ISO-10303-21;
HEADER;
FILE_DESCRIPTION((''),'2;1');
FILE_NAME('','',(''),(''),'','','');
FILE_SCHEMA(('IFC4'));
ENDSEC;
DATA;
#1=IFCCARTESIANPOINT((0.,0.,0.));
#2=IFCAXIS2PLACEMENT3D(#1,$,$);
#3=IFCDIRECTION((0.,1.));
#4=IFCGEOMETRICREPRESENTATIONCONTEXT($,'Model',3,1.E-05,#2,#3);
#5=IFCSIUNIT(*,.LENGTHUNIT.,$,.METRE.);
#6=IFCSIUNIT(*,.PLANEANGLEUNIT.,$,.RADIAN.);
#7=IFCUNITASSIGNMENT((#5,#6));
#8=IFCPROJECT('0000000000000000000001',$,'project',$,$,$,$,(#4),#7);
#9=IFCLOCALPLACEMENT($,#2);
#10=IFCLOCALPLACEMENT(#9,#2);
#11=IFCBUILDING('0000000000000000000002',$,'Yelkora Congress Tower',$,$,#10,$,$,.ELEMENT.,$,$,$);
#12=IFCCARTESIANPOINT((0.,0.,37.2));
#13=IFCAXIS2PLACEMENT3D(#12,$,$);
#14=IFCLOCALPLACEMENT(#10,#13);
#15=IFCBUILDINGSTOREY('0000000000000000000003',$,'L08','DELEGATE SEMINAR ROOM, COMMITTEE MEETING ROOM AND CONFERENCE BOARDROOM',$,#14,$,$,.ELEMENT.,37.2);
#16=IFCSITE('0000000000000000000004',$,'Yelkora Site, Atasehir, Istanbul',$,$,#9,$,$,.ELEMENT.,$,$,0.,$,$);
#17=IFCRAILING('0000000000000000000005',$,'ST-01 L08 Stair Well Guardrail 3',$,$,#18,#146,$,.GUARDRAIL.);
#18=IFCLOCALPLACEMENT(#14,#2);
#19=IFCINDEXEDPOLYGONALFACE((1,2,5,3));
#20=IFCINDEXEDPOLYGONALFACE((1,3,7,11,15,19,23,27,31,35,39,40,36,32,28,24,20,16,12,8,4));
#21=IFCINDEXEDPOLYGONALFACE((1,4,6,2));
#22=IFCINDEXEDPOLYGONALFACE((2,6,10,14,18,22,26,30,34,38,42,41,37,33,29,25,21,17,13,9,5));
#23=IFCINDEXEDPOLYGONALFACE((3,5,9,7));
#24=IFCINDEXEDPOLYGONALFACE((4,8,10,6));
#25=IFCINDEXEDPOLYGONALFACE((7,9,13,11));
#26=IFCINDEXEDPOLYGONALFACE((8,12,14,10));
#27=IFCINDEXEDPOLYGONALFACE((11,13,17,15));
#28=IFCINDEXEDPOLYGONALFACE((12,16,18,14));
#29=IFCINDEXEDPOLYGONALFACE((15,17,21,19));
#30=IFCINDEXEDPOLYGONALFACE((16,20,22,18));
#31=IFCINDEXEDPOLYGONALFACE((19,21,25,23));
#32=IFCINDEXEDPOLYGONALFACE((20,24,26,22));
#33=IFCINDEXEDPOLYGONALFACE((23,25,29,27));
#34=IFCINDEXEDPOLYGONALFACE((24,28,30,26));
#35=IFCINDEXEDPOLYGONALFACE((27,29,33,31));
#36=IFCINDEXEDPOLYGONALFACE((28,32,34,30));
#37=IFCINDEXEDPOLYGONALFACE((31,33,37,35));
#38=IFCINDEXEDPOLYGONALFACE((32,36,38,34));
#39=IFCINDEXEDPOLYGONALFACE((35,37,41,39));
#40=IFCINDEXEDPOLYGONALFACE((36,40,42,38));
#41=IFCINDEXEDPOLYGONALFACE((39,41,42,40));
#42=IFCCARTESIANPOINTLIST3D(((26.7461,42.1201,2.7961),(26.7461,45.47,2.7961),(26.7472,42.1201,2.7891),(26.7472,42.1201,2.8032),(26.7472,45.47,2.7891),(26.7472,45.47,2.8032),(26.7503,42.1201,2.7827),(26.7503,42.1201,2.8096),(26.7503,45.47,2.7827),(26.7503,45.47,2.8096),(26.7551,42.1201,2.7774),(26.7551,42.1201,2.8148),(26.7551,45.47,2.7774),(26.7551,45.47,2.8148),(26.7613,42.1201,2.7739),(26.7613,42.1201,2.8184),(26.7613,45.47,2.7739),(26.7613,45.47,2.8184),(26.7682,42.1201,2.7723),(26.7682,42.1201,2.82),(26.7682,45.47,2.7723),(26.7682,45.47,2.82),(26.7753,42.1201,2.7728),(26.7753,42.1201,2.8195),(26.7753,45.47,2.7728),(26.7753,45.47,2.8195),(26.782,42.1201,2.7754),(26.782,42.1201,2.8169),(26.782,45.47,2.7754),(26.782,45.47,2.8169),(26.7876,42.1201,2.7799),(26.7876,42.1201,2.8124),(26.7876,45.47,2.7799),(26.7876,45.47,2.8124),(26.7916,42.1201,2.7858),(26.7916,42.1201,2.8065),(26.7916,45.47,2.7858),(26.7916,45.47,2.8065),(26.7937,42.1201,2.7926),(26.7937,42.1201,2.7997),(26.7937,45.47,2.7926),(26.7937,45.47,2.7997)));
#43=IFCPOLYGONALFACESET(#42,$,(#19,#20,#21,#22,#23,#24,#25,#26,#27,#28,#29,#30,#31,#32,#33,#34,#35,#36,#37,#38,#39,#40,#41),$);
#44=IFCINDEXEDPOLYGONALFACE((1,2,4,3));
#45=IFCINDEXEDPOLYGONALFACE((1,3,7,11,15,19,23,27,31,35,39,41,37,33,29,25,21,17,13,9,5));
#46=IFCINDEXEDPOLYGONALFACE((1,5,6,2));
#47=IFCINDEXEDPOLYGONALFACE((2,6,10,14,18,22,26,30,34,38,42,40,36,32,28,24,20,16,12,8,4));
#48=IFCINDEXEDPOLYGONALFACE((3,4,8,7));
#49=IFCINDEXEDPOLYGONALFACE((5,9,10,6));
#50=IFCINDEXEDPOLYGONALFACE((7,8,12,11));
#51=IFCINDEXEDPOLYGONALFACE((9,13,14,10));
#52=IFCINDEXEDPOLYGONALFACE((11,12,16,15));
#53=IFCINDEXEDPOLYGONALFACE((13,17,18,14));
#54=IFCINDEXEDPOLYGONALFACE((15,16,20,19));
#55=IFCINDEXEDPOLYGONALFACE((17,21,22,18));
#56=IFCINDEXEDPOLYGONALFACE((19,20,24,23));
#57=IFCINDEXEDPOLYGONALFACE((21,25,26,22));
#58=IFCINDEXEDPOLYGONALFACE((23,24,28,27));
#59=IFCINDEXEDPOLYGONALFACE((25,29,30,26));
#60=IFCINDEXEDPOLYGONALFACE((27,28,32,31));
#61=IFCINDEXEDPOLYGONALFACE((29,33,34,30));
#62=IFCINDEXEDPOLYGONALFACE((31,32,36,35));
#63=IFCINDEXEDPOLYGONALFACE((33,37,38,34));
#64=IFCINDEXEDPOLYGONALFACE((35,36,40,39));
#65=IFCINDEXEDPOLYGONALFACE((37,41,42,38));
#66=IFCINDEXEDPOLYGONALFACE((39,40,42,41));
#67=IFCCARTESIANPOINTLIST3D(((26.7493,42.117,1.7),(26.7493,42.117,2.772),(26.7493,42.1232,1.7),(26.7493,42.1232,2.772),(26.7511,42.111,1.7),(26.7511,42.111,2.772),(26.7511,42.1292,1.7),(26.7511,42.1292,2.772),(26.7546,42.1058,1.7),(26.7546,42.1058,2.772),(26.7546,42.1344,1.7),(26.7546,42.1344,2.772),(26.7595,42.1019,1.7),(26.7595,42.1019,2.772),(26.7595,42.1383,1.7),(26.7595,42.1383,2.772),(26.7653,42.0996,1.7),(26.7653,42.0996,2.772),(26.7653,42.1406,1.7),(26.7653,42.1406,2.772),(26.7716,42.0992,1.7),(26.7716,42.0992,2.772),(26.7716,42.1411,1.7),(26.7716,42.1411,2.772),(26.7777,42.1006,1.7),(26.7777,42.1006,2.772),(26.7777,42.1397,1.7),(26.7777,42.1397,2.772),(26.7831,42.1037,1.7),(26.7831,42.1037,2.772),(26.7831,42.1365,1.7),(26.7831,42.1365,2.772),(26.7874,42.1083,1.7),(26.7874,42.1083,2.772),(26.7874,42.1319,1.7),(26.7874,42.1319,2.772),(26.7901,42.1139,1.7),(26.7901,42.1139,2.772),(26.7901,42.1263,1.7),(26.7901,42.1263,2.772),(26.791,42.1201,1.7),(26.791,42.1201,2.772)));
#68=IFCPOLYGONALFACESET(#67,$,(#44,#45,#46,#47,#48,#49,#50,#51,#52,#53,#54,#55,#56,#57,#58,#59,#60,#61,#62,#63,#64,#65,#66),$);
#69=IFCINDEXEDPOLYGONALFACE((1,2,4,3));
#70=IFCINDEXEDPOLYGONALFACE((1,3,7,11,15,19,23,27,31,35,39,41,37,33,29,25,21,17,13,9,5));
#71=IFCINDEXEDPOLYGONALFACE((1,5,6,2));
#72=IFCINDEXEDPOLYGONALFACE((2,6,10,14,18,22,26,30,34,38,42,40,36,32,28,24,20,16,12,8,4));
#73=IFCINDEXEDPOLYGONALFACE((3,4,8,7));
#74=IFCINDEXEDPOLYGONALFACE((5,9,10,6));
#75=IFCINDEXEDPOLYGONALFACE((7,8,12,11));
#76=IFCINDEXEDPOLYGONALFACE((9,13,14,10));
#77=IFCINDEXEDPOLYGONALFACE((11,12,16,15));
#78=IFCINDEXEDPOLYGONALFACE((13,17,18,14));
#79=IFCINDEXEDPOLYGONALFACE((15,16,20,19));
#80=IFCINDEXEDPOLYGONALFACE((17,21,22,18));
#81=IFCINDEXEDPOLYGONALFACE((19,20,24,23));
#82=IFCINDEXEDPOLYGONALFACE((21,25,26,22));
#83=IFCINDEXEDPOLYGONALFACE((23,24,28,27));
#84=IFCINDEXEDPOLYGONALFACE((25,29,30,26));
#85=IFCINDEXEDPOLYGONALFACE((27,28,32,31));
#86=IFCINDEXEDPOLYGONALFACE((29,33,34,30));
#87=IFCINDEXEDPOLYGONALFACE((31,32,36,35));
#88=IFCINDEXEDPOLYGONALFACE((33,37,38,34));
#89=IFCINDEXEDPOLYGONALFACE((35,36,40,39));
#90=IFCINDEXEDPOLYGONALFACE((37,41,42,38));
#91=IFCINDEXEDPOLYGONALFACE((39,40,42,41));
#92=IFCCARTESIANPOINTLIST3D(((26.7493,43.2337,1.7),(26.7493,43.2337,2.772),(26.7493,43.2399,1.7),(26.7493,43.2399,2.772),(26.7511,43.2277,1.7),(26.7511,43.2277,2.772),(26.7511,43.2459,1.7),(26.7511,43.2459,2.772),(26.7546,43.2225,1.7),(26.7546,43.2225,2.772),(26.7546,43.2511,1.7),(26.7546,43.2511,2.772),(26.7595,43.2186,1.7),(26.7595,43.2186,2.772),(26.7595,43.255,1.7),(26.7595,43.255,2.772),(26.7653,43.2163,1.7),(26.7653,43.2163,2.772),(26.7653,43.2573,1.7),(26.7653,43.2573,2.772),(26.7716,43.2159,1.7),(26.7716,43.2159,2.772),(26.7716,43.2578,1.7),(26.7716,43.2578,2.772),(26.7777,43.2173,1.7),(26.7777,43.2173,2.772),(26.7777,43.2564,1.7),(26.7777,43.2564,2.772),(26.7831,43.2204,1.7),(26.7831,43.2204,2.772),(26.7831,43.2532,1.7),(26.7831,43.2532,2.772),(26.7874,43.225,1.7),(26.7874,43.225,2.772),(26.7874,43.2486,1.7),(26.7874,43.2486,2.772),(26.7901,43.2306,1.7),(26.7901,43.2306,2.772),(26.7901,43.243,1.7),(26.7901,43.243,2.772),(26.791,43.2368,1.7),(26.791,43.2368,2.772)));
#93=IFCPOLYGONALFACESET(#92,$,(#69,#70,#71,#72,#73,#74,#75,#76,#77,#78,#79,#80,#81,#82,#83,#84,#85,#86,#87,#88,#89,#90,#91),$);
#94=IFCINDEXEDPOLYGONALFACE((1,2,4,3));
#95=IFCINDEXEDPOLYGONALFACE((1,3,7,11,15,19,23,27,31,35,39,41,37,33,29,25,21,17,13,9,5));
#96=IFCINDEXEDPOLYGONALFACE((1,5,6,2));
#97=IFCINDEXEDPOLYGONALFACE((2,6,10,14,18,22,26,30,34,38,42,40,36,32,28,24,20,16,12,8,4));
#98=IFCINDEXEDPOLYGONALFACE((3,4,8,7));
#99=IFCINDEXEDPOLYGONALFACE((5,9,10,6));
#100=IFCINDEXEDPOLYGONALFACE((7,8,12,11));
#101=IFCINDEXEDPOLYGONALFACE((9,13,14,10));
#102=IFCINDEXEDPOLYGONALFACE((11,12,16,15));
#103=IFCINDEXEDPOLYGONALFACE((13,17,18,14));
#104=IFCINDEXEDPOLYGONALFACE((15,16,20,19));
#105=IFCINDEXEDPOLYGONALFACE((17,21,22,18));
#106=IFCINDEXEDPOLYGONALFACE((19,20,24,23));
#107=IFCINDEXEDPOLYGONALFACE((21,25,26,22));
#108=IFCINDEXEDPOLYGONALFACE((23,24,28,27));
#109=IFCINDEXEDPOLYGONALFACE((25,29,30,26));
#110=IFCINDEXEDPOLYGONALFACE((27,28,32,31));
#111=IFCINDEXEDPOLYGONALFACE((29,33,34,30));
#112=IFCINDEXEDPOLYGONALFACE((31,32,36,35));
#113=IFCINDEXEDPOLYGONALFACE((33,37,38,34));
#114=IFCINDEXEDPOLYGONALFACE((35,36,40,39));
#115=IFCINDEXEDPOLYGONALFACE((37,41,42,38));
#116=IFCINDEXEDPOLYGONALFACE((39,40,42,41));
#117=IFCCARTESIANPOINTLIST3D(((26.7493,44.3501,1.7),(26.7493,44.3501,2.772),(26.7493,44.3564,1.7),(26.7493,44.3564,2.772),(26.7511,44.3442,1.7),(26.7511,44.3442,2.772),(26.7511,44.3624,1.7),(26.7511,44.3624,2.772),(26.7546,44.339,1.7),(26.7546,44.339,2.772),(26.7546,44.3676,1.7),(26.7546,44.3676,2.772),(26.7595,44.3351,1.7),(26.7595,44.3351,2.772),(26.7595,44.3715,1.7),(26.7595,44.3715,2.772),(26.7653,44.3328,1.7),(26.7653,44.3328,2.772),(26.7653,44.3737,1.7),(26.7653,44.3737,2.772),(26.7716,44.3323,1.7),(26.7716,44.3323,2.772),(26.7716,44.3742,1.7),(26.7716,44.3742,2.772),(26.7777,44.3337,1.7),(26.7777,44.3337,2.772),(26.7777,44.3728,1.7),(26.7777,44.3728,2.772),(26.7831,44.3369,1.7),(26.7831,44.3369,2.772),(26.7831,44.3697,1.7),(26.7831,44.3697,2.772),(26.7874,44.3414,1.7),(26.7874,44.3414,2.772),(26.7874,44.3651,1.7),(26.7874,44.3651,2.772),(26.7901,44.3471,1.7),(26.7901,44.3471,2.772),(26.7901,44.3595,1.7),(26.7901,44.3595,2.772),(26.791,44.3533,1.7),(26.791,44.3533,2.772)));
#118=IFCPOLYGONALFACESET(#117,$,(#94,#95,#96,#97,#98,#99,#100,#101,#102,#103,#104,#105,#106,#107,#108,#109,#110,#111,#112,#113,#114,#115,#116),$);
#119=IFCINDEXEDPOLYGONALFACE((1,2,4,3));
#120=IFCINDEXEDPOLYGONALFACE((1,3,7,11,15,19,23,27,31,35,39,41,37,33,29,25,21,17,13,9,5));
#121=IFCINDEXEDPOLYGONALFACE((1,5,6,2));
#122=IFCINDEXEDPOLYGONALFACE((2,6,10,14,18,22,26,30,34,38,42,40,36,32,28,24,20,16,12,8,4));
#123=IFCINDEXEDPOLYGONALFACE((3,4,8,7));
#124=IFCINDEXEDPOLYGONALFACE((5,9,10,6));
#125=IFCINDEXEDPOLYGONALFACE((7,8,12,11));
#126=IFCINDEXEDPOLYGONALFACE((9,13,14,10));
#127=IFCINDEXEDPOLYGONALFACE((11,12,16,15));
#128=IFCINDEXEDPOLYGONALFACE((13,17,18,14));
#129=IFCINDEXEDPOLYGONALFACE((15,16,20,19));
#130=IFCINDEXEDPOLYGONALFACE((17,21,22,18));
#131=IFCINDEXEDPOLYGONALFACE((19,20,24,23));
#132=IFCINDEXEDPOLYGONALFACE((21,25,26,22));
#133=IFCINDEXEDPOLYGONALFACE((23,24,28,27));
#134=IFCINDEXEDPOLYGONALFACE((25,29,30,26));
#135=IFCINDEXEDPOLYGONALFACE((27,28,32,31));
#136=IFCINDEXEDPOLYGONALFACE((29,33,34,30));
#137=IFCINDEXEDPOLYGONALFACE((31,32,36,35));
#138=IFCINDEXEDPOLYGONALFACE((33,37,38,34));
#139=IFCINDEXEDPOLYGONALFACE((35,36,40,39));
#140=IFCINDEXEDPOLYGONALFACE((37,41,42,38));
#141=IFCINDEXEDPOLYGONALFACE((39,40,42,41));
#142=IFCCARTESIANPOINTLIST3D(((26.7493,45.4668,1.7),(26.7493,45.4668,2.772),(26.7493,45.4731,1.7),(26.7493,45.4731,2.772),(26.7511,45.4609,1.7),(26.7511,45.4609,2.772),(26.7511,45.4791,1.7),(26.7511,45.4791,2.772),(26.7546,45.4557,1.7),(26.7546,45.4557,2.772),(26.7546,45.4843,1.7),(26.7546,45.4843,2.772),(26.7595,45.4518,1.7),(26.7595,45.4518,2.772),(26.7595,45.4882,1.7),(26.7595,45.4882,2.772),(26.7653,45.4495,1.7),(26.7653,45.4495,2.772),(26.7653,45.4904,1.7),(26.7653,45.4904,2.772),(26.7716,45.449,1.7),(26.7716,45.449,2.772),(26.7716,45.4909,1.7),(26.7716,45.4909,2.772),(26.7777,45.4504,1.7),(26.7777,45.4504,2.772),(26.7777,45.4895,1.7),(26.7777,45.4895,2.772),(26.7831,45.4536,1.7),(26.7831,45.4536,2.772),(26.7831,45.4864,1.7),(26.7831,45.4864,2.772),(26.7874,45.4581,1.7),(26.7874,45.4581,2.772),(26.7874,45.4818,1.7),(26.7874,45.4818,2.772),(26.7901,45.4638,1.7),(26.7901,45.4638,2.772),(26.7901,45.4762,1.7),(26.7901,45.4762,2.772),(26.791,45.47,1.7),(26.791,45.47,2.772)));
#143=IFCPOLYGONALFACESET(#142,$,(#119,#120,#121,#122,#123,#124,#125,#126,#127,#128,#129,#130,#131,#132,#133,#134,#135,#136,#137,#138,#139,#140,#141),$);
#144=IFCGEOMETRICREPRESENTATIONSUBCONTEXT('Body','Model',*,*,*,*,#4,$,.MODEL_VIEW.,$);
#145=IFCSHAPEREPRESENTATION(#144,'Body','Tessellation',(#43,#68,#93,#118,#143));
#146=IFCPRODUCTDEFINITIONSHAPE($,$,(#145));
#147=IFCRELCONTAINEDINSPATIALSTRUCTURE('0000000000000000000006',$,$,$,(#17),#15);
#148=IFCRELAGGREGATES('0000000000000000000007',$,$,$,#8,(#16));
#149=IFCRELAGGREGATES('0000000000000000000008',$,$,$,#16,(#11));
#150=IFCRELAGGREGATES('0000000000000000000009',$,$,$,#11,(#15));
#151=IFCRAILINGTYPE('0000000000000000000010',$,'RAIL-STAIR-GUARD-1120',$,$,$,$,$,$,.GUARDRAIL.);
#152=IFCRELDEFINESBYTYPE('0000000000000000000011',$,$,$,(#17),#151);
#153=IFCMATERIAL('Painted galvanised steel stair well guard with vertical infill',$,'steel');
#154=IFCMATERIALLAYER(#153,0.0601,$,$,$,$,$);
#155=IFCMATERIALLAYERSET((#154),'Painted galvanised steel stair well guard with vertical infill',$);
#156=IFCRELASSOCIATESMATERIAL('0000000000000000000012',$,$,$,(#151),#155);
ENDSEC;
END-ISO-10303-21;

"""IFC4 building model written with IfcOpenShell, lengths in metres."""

from ifc_helpers import new_model, si_unit, direction, frame, origin, origin_2d, place, context, subcontext, project, spatial, circle, extrude, material, layer, layer_set, type_object, element, save


model = new_model("IFC4")

# Units and contexts
model_context = context("Model", 3, precision=1e-05, world=origin(), true_north=direction((0.0, 1.0)))
body_context = subcontext(model_context, "Body", "Model", "MODEL_VIEW")
ifc_project = project(units=[si_unit("LENGTHUNIT", "METRE"), si_unit("PLANEANGLEUNIT", "RADIAN")], contexts=[model_context])

# Site, building, storey
site_placement = place(None, origin())
site = spatial("IfcSite", under=ifc_project, at=site_placement, Name="Yelkora Site, Atasehir, Istanbul", CompositionType="ELEMENT", RefElevation=0.0)
building_placement = place(site_placement, origin())
building = spatial("IfcBuilding", under=site, at=building_placement, Name="Yelkora Congress Tower", CompositionType="ELEMENT")
storey_placement = place(building_placement, frame((0.0, 0.0, 37.2)))
storey = spatial("IfcBuildingStorey", under=building, at=storey_placement, Name="L08", Description="DELEGATE SEMINAR ROOM, COMMITTEE MEETING ROOM AND CONFERENCE BOARDROOM", CompositionType="ELEMENT", Elevation=37.2)

# Railing
ifc_material_1 = material(Name="Painted galvanised steel stair well guard with vertical infill", Category="steel")
ifc_layer_1 = layer(ifc_material_1, 0.0601)
ifc_layer_set_1 = layer_set([ifc_layer_1], Name="Painted galvanised steel stair well guard with vertical infill")
railing_type_1 = type_object("IfcRailingType", Name="RAIL-STAIR-GUARD-1120", PredefinedType="GUARDRAIL", material=ifc_layer_set_1)
for number, where, name in (
    (1, (26.77, 42.1201, 1.7), "ST-01 L08 Stair Well Guardrail 3"),
):
    element("IfcRailing", number, at=place(storey_placement, frame(where)), inside=storey, type_object=railing_type_1, Name=name, PredefinedType="GUARDRAIL", context=body_context, shape_type="SweptSolid", body=[
        extrude(circle(Radius=0.0239, at=origin_2d()), frame((0.0, 0.0, 1.0962), z_axis=(0.0, 1.0, 0.0), x_axis=(-1.0, 0.0, 0.0)), (0.0, 0.0, 1.0), 3.3499),
        extrude(circle(Radius=0.021, at=origin_2d()), origin(), (0.0, 0.0, 1.0), 1.072),
        extrude(circle(Radius=0.021, at=origin_2d()), frame((0.0, 1.1167, 0.0)), (0.0, 0.0, 1.0), 1.072),
        extrude(circle(Radius=0.021, at=origin_2d()), frame((0.0, 2.2332, 0.0)), (0.0, 0.0, 1.0), 1.072),
        extrude(circle(Radius=0.021, at=origin_2d()), frame((0.0, 3.3499, 0.0)), (0.0, 0.0, 1.0), 1.072),
    ])

save(model, "model.ifc")
